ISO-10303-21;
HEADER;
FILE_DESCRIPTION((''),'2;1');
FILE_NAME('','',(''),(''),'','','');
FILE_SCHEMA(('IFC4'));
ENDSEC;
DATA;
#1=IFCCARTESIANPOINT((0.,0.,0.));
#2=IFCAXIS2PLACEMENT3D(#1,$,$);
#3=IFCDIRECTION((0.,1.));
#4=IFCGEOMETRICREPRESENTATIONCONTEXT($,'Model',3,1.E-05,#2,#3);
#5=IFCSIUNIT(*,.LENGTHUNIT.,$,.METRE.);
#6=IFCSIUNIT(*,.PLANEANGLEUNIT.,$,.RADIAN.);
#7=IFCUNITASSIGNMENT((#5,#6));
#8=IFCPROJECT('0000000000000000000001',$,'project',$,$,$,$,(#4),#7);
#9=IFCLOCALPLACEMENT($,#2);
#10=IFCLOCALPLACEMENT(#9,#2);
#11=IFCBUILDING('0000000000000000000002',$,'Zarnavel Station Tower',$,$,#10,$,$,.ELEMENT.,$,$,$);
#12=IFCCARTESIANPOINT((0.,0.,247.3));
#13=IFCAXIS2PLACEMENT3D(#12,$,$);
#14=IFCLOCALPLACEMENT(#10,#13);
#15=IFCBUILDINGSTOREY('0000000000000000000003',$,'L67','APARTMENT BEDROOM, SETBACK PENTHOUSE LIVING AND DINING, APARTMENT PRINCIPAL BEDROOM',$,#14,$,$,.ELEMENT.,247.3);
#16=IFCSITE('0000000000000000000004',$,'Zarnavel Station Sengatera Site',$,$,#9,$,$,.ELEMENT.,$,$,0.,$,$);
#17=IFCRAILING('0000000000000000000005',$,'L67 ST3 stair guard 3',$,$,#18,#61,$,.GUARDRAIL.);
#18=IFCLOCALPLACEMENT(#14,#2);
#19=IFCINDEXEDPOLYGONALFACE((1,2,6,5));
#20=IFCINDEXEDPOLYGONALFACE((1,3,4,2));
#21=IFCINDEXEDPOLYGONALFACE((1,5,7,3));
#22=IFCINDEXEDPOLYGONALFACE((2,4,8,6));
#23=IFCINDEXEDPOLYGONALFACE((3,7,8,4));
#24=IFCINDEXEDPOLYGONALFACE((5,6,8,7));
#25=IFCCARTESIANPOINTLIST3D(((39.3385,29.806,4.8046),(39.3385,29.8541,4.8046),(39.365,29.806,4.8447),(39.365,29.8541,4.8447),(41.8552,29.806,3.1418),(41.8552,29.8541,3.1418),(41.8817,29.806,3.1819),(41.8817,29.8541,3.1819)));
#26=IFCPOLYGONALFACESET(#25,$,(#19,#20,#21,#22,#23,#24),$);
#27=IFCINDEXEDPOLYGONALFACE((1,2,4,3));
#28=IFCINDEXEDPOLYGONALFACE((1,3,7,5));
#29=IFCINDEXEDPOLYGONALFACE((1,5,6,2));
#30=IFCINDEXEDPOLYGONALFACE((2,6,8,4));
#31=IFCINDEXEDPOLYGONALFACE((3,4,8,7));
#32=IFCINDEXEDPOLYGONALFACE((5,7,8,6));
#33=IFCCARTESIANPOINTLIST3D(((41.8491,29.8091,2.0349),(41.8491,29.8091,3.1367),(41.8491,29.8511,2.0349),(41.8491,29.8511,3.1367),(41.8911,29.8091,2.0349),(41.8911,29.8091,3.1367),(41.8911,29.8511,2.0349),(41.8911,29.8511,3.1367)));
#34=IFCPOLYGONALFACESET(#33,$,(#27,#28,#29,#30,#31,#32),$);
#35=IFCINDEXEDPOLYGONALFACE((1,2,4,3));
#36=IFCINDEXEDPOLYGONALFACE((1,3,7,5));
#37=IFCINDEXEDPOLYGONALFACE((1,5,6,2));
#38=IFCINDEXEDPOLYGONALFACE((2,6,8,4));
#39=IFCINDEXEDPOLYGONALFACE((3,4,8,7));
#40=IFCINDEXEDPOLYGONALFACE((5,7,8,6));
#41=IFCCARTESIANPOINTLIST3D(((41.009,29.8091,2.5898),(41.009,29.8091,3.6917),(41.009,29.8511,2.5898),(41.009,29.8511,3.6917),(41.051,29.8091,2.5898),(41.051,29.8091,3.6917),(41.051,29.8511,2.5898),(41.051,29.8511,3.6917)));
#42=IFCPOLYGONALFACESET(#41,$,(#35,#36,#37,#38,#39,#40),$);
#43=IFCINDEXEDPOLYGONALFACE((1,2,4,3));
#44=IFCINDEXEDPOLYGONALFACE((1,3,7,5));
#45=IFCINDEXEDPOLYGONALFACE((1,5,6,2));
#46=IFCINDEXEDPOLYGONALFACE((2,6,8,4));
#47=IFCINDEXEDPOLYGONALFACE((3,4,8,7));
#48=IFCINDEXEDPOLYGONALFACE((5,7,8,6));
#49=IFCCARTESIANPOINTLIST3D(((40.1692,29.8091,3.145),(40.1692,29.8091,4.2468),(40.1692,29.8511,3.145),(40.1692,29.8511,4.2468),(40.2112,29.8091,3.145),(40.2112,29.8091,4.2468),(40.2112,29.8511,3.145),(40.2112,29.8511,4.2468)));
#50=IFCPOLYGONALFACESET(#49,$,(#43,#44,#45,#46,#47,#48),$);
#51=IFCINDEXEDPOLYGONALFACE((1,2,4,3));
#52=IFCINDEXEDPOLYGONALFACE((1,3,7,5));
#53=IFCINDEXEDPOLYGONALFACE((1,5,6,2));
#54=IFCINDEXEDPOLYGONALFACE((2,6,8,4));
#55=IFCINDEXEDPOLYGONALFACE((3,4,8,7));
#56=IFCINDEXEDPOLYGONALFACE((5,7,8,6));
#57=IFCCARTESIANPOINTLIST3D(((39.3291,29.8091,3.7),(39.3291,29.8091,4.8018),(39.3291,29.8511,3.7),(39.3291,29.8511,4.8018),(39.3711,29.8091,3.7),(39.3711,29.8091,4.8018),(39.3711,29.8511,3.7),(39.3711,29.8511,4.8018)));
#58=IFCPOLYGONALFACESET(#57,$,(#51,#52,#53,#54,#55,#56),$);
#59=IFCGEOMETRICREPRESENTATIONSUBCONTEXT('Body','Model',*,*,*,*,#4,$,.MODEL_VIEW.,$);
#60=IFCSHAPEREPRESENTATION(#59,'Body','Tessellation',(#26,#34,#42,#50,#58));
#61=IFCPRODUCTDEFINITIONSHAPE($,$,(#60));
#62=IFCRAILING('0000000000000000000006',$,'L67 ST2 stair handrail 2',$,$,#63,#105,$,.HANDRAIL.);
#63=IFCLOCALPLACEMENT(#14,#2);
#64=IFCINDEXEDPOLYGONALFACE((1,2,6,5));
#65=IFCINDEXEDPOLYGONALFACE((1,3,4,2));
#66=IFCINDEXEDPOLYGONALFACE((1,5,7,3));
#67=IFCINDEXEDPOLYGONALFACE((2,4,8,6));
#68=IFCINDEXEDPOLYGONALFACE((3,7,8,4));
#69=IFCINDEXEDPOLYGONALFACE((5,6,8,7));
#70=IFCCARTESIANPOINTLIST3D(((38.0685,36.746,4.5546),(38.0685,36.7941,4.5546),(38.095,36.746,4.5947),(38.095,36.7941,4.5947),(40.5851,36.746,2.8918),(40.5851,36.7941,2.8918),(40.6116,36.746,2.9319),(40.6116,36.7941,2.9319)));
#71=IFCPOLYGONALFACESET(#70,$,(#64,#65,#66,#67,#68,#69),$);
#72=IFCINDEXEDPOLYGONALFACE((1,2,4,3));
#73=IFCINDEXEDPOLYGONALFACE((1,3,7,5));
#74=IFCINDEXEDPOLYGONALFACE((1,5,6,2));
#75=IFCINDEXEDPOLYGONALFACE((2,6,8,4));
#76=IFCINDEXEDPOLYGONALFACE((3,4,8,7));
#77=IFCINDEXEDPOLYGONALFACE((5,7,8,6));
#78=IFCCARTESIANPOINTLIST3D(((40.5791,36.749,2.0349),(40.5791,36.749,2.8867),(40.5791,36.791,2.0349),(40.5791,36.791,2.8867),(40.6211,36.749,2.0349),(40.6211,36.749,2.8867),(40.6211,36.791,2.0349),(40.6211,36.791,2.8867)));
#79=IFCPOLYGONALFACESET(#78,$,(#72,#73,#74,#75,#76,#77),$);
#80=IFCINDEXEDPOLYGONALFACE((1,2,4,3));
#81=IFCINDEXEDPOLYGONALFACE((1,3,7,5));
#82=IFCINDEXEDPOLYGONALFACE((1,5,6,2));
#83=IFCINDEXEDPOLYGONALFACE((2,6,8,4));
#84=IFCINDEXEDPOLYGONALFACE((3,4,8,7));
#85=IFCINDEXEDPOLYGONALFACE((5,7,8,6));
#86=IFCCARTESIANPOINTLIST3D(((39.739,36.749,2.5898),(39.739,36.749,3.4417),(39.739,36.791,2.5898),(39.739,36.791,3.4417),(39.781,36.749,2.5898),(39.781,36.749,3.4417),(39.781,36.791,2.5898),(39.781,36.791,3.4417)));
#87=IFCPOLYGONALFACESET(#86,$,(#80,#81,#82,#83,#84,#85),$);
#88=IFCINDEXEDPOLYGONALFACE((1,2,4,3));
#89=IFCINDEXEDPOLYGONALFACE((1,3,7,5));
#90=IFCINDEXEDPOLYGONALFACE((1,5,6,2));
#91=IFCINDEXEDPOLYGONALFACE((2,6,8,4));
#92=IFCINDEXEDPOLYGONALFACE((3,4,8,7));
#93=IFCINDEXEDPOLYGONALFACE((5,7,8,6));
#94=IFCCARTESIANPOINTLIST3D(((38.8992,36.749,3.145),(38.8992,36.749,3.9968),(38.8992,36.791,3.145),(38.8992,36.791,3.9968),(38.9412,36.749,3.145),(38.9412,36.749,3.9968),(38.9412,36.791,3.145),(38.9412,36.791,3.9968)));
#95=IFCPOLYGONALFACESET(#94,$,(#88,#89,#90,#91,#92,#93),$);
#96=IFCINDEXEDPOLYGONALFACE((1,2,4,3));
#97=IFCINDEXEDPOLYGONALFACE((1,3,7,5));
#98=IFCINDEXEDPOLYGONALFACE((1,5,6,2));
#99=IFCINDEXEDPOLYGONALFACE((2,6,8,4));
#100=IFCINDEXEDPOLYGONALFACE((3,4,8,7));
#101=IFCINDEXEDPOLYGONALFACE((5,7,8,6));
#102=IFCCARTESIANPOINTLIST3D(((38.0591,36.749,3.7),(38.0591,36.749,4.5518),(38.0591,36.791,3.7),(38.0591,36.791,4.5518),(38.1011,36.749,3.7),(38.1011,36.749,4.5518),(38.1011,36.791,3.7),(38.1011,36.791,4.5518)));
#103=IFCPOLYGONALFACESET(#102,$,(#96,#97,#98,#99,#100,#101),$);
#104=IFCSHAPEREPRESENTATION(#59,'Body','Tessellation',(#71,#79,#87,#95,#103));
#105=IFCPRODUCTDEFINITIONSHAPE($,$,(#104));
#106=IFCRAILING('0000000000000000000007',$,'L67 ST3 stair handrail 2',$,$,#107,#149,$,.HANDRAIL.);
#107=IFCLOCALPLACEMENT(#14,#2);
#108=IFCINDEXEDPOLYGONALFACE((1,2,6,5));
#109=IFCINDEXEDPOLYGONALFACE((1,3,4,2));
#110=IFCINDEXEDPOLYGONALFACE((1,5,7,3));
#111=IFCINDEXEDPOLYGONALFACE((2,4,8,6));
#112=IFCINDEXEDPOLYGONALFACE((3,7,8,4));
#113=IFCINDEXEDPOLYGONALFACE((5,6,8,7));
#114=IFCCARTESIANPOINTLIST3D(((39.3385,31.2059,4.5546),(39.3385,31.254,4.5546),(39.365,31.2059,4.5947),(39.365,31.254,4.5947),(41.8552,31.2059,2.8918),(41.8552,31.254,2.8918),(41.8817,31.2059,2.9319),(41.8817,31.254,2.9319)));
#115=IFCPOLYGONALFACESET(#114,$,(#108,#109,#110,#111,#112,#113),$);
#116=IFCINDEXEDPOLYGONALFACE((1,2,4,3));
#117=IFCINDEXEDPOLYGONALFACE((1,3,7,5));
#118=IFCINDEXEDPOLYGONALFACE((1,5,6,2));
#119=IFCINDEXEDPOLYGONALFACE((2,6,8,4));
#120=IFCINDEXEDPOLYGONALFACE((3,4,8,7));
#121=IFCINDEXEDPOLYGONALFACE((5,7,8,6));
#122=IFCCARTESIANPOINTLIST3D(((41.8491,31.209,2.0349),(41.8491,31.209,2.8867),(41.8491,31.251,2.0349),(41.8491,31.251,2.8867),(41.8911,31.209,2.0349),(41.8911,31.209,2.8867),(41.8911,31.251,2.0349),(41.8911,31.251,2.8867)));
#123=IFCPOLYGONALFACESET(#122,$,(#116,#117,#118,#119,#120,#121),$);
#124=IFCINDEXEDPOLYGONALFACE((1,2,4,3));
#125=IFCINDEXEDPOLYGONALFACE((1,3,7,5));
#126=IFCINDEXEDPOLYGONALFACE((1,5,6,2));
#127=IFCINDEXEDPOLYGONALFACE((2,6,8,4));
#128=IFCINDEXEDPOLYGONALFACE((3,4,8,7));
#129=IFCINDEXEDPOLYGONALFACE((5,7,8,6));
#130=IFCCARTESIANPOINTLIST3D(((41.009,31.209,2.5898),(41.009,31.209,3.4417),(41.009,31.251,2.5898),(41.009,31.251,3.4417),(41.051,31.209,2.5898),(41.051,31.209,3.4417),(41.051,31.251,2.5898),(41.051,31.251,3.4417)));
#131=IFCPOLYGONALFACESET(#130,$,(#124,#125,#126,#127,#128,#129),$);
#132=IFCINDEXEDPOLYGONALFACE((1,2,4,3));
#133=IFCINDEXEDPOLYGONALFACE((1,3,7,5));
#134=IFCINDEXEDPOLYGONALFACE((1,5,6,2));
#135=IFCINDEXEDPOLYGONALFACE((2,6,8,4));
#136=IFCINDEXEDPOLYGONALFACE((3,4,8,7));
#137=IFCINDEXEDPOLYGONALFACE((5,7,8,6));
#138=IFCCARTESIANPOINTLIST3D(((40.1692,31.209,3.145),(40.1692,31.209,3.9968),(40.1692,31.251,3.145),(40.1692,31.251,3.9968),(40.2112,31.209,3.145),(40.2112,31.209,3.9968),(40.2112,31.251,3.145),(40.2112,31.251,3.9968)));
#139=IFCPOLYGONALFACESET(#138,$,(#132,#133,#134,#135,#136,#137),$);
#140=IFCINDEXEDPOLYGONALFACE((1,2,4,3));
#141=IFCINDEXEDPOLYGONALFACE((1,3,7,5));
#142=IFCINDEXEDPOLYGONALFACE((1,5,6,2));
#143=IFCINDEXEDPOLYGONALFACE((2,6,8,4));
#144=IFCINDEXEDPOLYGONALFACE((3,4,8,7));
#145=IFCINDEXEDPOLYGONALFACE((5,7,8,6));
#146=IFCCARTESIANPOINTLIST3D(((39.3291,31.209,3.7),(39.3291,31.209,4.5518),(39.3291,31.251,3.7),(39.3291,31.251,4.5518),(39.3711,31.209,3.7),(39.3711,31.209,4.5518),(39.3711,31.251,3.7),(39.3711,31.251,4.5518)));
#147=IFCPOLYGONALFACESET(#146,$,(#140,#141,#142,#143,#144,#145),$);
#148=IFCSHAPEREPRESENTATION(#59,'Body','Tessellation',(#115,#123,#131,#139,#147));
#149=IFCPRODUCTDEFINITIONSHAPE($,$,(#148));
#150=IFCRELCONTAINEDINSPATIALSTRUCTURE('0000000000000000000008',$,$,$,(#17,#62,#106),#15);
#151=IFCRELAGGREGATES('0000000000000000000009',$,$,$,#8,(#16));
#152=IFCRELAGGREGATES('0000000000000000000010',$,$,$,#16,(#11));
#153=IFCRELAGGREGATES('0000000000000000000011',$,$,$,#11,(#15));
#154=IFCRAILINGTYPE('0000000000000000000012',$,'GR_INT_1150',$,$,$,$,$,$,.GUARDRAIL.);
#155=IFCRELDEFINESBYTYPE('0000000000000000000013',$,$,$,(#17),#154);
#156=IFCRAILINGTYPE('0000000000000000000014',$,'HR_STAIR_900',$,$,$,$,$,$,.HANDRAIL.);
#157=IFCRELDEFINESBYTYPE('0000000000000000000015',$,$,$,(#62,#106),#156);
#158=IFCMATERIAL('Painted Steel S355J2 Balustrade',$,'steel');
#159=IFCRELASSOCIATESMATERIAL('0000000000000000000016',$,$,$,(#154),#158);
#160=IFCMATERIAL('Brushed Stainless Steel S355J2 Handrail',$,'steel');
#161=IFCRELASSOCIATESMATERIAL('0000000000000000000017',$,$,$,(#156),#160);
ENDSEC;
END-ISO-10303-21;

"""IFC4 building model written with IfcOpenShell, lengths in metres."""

from ifc_helpers import new_model, si_unit, direction, frame, origin, origin_2d, place, context, subcontext, project, spatial, rectangle, extrude, material, type_object, element, save


model = new_model("IFC4")

# Units and contexts
model_context = context("Model", 3, precision=1e-05, world=origin(), true_north=direction((0.0, 1.0)))
body_context = subcontext(model_context, "Body", "Model", "MODEL_VIEW")
ifc_project = project(units=[si_unit("LENGTHUNIT", "METRE"), si_unit("PLANEANGLEUNIT", "RADIAN")], contexts=[model_context])

# Site, building, storey
site_placement = place(None, origin())
site = spatial("IfcSite", under=ifc_project, at=site_placement, Name="Zarnavel Station Sengatera Site", CompositionType="ELEMENT", RefElevation=0.0)
building_placement = place(site_placement, origin())
building = spatial("IfcBuilding", under=site, at=building_placement, Name="Zarnavel Station Tower", CompositionType="ELEMENT")
storey_placement = place(building_placement, frame((0.0, 0.0, 247.3)))
storey = spatial("IfcBuildingStorey", under=building, at=storey_placement, Name="L67", Description="APARTMENT BEDROOM, SETBACK PENTHOUSE LIVING AND DINING, APARTMENT PRINCIPAL BEDROOM", CompositionType="ELEMENT", Elevation=247.3)

# Railings
ifc_material_1 = material(Name="Painted Steel S355J2 Balustrade", Category="steel")
railing_type_1 = type_object("IfcRailingType", Name="GR_INT_1150", PredefinedType="GUARDRAIL", material=ifc_material_1)
railing_1_placement = place(storey_placement, frame((41.8701, 29.8301, 2.0349)))
element("IfcRailing", 1, at=railing_1_placement, inside=storey, type_object=railing_type_1, Name="L67 ST3 stair guard 3", PredefinedType="GUARDRAIL", context=body_context, shape_type="SweptSolid", body=[
    extrude(rectangle(XDim=0.0481, YDim=0.0481, at=origin_2d()), frame((-0.0017, 0.0, 1.127), z_axis=(-0.834331, 0.0, 0.551263), x_axis=(0.0, -1.0, 0.0)), (0.0, 0.0, 1.0), 3.0164),
    extrude(rectangle(XDim=0.042, YDim=0.042, at=origin_2d()), origin(), (0.0, 0.0, 1.0), 1.1018),
    extrude(rectangle(XDim=0.042, YDim=0.042, at=origin_2d()), frame((-0.8401, 0.0, 0.5549)), (0.0, 0.0, 1.0), 1.1018),
    extrude(rectangle(XDim=0.042, YDim=0.042, at=origin_2d()), frame((-1.6799, 0.0, 1.1101)), (0.0, 0.0, 1.0), 1.1018),
    extrude(rectangle(XDim=0.042, YDim=0.042, at=origin_2d()), frame((-2.52, 0.0, 1.665)), (0.0, 0.0, 1.0), 1.1018),
])
ifc_material_2 = material(Name="Brushed Stainless Steel S355J2 Handrail", Category="steel")
railing_type_2 = type_object("IfcRailingType", Name="HR_STAIR_900", PredefinedType="HANDRAIL", material=ifc_material_2)
for number, where, name in (
    (2, (40.6001, 36.77, 2.0349), "L67 ST2 stair handrail 2"),
    (3, (41.8701, 31.23, 2.0349), "L67 ST3 stair handrail 2"),
):
    element("IfcRailing", number, at=place(storey_placement, frame(where)), inside=storey, type_object=railing_type_2, Name=name, PredefinedType="HANDRAIL", context=body_context, shape_type="SweptSolid", body=[
        extrude(rectangle(XDim=0.0481, YDim=0.0481, at=origin_2d()), frame((-0.0017, 0.0, 0.877), z_axis=(-0.834331, 0.0, 0.551263), x_axis=(0.0, -1.0, 0.0)), (0.0, 0.0, 1.0), 3.0164),
        extrude(rectangle(XDim=0.042, YDim=0.042, at=origin_2d()), origin(), (0.0, 0.0, 1.0), 0.8518),
        extrude(rectangle(XDim=0.042, YDim=0.042, at=origin_2d()), frame((-0.8401, 0.0, 0.5549)), (0.0, 0.0, 1.0), 0.8518),
        extrude(rectangle(XDim=0.042, YDim=0.042, at=origin_2d()), frame((-1.6799, 0.0, 1.1101)), (0.0, 0.0, 1.0), 0.8518),
        extrude(rectangle(XDim=0.042, YDim=0.042, at=origin_2d()), frame((-2.52, 0.0, 1.665)), (0.0, 0.0, 1.0), 0.8518),
    ])

save(model, "model.ifc")
